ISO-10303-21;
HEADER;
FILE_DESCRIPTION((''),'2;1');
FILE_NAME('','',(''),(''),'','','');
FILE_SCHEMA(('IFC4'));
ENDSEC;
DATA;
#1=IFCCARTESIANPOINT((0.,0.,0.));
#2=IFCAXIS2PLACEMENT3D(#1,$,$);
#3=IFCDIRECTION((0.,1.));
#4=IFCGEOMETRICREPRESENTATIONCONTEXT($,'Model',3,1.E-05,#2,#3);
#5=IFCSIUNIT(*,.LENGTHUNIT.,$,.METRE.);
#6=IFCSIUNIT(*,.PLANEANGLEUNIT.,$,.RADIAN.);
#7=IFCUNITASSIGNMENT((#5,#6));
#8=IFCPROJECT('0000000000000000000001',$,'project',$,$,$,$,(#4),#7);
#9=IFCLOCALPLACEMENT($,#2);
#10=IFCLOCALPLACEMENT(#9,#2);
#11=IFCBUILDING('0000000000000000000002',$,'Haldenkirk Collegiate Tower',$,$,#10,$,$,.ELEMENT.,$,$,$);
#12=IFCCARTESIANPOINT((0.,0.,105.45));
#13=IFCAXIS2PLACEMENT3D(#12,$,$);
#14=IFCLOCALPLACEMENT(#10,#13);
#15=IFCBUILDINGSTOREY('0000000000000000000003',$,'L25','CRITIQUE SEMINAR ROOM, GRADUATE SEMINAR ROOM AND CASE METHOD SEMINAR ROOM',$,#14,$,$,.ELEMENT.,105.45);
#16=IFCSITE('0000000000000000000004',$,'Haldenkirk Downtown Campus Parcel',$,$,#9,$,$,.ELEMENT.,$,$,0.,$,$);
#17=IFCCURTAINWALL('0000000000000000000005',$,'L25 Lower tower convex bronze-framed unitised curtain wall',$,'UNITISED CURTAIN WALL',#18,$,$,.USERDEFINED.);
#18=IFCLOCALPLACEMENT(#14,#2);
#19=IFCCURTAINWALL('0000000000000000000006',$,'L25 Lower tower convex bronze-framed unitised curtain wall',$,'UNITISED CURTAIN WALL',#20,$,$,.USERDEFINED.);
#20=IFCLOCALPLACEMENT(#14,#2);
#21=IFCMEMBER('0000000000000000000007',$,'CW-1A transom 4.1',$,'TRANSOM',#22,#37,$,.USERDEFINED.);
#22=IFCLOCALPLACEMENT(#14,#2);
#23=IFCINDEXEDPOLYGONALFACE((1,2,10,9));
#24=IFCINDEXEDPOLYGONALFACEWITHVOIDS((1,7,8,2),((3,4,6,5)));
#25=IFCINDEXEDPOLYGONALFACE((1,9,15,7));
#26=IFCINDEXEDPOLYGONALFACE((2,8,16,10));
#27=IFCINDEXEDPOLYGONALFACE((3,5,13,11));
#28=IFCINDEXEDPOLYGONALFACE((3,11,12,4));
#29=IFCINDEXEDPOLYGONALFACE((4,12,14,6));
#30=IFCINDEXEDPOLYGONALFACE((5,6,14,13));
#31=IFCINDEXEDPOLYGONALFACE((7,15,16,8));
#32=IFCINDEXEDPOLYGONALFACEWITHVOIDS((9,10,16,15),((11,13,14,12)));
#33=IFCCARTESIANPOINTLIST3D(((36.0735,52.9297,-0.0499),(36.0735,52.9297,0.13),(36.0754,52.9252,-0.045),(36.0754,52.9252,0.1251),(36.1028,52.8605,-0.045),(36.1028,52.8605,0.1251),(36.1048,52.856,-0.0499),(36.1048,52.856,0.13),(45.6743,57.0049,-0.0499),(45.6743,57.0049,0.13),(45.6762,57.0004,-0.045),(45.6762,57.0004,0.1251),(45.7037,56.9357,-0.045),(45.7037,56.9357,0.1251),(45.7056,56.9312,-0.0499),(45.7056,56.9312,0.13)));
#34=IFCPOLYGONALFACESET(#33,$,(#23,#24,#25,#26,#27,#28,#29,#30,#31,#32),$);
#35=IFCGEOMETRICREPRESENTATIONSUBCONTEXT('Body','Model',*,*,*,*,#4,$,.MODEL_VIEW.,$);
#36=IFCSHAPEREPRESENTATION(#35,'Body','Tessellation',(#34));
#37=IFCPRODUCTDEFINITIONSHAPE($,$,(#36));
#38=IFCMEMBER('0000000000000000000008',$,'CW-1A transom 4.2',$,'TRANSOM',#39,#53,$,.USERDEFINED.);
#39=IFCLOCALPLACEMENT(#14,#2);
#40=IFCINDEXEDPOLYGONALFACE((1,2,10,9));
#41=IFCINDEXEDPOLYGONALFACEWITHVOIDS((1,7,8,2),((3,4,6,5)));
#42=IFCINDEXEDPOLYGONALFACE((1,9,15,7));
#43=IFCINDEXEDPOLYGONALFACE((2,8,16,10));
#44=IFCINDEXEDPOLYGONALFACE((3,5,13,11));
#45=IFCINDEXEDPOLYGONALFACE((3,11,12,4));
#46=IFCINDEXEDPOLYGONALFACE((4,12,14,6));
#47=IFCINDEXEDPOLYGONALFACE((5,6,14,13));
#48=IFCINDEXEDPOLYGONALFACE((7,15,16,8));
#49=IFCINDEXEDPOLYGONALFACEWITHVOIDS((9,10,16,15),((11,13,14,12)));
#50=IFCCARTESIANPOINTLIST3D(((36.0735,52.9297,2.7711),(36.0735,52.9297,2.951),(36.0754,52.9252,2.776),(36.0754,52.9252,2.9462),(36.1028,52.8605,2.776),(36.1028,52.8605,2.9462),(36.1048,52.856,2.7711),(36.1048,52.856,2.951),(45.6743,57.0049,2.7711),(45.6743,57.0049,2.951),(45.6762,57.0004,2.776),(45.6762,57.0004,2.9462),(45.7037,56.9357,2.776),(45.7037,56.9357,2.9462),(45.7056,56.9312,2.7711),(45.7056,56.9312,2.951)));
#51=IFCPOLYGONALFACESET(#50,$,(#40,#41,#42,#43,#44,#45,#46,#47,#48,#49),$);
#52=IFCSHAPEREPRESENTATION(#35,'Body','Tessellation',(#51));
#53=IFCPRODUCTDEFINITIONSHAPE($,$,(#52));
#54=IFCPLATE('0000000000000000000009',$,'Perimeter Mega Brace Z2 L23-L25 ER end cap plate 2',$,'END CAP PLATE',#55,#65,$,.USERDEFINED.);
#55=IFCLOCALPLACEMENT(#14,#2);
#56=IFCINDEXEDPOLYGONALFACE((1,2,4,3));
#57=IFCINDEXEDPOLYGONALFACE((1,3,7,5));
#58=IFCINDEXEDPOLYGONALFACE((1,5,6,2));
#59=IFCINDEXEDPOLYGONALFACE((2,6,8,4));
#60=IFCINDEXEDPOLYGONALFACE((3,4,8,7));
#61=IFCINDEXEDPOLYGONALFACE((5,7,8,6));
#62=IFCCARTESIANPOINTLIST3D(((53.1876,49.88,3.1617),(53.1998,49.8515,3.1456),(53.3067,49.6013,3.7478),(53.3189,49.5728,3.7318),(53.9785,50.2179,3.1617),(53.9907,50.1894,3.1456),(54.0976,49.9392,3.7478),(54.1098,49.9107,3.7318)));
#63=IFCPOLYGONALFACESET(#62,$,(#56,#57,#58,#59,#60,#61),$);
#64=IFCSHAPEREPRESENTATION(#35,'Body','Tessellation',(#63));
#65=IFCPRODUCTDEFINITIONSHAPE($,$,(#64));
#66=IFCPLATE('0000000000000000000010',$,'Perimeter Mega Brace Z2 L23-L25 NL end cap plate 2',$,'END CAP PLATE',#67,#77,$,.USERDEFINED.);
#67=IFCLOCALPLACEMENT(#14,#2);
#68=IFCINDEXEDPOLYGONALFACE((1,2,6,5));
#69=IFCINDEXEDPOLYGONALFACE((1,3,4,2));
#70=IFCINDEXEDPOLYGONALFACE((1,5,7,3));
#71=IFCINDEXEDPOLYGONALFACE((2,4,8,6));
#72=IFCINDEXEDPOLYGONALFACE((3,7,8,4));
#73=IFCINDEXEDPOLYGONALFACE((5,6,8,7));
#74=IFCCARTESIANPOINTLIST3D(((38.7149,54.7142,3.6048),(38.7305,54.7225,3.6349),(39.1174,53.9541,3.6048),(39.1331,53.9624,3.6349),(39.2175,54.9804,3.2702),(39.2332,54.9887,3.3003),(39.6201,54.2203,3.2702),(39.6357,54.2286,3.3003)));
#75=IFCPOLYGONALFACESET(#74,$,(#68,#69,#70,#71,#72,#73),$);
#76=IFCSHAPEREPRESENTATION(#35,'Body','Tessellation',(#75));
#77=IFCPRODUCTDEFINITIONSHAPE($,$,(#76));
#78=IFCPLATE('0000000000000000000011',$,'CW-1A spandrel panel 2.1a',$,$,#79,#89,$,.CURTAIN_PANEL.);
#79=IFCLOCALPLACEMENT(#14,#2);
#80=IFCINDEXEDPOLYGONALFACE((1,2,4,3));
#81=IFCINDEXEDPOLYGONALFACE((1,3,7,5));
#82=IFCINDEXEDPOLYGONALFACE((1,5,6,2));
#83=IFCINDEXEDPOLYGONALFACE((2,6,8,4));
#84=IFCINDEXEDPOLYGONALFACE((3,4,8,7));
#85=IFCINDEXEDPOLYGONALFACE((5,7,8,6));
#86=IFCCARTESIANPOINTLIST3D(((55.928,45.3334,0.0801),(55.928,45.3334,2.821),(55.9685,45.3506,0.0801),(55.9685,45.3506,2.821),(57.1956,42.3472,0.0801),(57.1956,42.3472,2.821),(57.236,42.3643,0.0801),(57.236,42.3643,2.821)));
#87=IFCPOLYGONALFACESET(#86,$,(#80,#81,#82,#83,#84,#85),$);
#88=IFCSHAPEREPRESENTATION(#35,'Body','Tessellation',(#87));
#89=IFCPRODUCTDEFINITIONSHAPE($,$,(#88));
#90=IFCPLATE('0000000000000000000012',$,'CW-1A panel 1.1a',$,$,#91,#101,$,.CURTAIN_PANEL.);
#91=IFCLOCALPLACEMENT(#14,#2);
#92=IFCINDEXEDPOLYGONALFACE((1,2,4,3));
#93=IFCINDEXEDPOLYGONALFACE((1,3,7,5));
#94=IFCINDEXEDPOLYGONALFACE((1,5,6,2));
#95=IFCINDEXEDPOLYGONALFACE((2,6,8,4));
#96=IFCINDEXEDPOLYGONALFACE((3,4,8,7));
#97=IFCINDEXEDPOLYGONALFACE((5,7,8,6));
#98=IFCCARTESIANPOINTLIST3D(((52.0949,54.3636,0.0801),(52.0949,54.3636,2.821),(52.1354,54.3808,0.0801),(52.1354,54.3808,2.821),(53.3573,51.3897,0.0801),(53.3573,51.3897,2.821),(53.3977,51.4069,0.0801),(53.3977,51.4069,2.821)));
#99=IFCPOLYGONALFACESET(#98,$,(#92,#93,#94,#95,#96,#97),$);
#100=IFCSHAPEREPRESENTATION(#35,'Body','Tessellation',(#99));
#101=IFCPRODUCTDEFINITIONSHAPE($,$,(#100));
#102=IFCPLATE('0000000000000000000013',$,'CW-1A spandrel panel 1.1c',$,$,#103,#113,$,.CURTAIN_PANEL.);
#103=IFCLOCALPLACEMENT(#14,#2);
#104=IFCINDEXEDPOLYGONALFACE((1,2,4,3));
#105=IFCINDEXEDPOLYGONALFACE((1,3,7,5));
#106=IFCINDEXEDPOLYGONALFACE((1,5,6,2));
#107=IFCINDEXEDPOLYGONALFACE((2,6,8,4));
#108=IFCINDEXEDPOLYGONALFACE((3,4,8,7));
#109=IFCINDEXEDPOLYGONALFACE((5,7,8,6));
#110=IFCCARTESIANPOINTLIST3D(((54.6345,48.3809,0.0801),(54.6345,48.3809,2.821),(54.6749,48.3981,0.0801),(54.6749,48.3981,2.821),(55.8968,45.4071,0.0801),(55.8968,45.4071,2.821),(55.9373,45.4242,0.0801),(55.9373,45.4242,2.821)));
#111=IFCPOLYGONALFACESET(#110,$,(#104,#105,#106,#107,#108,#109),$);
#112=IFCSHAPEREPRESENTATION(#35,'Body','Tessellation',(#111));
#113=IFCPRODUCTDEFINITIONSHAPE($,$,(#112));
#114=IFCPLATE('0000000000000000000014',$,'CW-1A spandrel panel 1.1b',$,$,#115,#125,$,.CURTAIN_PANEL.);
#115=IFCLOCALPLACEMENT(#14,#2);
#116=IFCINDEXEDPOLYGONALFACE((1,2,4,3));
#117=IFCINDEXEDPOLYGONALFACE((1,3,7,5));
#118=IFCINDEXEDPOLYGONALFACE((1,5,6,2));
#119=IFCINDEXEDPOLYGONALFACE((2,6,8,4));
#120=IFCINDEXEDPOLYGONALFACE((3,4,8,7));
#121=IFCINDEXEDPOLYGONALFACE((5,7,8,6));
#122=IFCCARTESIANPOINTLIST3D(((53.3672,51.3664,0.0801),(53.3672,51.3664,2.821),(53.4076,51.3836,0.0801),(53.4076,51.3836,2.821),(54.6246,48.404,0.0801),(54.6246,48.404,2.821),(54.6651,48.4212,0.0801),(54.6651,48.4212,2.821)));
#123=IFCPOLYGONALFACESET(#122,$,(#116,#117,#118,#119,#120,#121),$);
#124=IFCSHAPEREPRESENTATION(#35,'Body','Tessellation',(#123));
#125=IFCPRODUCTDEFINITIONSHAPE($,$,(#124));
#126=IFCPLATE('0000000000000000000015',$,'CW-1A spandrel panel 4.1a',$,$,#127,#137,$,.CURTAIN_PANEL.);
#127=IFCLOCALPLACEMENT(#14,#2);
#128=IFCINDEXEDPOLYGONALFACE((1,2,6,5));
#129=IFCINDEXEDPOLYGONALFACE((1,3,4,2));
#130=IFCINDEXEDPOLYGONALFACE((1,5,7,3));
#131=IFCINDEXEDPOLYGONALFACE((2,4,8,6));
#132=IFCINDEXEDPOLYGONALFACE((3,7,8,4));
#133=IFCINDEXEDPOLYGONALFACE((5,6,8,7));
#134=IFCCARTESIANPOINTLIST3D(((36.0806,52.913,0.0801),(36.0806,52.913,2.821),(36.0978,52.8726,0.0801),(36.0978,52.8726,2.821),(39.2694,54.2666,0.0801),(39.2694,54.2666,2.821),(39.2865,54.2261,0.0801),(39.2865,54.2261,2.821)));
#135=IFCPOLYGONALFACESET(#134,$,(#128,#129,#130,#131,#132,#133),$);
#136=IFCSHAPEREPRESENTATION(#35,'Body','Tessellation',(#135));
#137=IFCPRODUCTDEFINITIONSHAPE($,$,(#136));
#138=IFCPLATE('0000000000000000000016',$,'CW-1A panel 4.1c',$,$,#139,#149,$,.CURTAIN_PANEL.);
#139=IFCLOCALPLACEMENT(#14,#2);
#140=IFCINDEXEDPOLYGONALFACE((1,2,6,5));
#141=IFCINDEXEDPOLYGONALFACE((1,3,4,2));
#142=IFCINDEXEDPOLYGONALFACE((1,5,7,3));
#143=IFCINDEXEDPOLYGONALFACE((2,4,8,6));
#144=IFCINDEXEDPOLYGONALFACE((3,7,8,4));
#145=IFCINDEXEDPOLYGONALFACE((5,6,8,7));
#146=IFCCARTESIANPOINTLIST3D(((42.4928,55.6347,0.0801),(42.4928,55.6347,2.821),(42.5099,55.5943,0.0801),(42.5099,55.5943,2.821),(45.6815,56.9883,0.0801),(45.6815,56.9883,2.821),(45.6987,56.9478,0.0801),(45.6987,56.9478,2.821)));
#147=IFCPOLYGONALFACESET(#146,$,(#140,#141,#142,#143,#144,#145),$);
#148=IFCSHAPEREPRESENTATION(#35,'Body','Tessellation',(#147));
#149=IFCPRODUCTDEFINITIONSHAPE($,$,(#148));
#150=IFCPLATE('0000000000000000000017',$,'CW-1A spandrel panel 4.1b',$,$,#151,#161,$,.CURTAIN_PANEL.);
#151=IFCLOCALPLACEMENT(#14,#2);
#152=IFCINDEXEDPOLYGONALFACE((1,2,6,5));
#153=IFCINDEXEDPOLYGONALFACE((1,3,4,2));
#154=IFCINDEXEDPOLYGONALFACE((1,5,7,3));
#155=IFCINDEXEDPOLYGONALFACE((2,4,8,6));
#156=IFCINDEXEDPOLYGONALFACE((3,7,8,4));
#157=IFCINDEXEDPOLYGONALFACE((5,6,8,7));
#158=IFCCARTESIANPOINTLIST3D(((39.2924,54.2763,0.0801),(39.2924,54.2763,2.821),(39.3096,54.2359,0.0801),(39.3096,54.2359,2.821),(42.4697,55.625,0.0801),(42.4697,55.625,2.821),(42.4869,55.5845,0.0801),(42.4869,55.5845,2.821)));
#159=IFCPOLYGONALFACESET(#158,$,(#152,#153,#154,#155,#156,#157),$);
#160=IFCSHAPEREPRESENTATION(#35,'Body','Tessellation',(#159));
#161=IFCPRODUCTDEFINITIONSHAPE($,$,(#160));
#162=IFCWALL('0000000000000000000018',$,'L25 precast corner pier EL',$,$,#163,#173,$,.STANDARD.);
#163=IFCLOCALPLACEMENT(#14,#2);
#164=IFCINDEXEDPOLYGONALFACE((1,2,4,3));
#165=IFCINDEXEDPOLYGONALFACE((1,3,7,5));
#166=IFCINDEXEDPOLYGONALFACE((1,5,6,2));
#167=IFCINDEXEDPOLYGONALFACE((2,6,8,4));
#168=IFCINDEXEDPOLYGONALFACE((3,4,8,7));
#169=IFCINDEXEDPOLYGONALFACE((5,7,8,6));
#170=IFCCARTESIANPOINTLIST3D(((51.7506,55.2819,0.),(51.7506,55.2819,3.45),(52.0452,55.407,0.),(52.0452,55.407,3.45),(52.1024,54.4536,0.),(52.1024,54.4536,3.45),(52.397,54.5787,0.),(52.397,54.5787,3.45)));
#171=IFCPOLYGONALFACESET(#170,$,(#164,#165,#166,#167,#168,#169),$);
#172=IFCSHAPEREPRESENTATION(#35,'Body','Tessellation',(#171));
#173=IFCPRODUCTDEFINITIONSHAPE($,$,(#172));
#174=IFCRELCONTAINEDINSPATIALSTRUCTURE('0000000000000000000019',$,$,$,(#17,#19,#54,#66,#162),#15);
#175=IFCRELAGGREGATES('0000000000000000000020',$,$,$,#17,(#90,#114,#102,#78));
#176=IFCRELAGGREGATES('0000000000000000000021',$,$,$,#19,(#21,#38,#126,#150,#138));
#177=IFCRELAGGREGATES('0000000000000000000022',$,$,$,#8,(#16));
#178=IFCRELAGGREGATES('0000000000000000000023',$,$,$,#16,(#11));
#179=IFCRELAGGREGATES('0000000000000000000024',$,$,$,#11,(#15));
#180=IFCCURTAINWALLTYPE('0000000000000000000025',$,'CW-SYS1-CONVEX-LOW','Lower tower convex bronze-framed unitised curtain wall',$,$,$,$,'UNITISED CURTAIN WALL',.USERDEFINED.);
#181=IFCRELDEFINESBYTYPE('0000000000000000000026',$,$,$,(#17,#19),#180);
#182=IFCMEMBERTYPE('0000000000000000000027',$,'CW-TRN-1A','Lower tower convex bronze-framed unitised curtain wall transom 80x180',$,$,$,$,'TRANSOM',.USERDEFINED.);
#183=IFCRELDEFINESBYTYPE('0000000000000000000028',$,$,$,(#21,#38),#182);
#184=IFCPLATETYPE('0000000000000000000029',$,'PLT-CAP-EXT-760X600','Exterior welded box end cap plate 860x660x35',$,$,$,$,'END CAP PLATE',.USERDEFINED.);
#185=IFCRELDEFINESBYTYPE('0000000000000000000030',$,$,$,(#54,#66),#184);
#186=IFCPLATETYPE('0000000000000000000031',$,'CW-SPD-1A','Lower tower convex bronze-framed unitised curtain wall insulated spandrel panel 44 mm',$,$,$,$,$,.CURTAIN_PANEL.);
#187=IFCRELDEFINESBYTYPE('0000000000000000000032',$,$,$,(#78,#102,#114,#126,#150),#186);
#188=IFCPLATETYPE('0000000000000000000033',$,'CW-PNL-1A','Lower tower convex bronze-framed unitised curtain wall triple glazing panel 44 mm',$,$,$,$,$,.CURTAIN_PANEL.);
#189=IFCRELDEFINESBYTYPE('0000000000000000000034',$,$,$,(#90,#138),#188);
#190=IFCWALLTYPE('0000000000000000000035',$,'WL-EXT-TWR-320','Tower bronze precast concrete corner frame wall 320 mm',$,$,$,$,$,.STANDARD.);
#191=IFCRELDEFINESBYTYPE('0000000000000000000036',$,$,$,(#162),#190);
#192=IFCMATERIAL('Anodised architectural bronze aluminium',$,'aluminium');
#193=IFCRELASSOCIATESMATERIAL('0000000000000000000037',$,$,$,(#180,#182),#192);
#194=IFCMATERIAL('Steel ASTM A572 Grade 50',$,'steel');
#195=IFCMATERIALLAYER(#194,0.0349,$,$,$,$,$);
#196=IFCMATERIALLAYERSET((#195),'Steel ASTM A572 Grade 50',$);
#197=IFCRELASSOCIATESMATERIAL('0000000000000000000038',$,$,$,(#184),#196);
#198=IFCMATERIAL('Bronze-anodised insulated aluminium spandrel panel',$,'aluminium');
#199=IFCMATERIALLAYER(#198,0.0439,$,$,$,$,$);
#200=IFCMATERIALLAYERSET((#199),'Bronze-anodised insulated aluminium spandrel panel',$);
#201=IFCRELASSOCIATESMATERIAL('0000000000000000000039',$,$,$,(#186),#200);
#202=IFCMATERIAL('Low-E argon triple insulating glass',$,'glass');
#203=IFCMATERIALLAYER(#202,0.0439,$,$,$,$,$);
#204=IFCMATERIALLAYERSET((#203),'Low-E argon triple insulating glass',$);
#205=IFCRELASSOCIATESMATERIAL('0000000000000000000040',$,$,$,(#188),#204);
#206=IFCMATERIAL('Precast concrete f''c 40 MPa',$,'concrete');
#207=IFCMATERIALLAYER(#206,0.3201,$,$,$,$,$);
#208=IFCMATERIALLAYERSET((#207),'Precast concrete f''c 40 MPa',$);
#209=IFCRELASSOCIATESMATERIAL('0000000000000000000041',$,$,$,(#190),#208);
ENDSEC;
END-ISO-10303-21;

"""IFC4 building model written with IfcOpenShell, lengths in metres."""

from ifc_helpers import new_model, si_unit, direction, frame, frame_2d, origin, origin_2d, place, context, subcontext, project, spatial, rectangle, hollow_rectangle, extrude, source, transform, mapped, material, layer, layer_set, material_profile, profile_set, type_object, element, aggregate, save


model = new_model("IFC4")

# Units and contexts
model_context = context("Model", 3, precision=1e-05, world=origin(), true_north=direction((0.0, 1.0)))
body_context = subcontext(model_context, "Body", "Model", "MODEL_VIEW")
ifc_project = project(units=[si_unit("LENGTHUNIT", "METRE"), si_unit("PLANEANGLEUNIT", "RADIAN")], contexts=[model_context])

# Site, building, storey
site_placement = place(None, origin())
site = spatial("IfcSite", under=ifc_project, at=site_placement, Name="Haldenkirk Downtown Campus Parcel", CompositionType="ELEMENT", RefElevation=0.0)
building_placement = place(site_placement, origin())
building = spatial("IfcBuilding", under=site, at=building_placement, Name="Haldenkirk Collegiate Tower", CompositionType="ELEMENT")
storey_placement = place(building_placement, frame((0.0, 0.0, 105.45)))
storey = spatial("IfcBuildingStorey", under=building, at=storey_placement, Name="L25", Description="CRITIQUE SEMINAR ROOM, GRADUATE SEMINAR ROOM AND CASE METHOD SEMINAR ROOM", CompositionType="ELEMENT", Elevation=105.45)

# Shared definitions
ifc_material_1 = material(Name="Steel ASTM A572 Grade 50", Category="steel")

# Curtain walls
ifc_material_2 = material(Name="Anodised architectural bronze aluminium", Category="aluminium")
curtain_wall_type = type_object("IfcCurtainWallType", Name="CW-SYS1-CONVEX-LOW", Description="Lower tower convex bronze-framed unitised curtain wall", ElementType="UNITISED CURTAIN WALL", PredefinedType="USERDEFINED", material=ifc_material_2)
curtain_wall_1_placement = place(storey_placement, origin())
curtain_wall_1 = element("IfcCurtainWall", 1, at=curtain_wall_1_placement, inside=storey, type_object=curtain_wall_type, Name="L25 Lower tower convex bronze-framed unitised curtain wall", ObjectType="UNITISED CURTAIN WALL", PredefinedType="USERDEFINED")
curtain_wall_2_placement = place(storey_placement, origin())
curtain_wall_2 = element("IfcCurtainWall", 2, at=curtain_wall_2_placement, inside=storey, type_object=curtain_wall_type, Name="L25 Lower tower convex bronze-framed unitised curtain wall", ObjectType="UNITISED CURTAIN WALL", PredefinedType="USERDEFINED")

# Members
ifc_material_profile_1 = material_profile(ifc_material_2, hollow_rectangle(XDim=0.0801, YDim=0.1799, WallThickness=0.0049, at=origin_2d()), Name="CW-TRN-1A")
ifc_profile_set_1 = profile_set([ifc_material_profile_1], Name="Anodised architectural bronze aluminium")
member_type_1 = type_object("IfcMemberType", Name="CW-TRN-1A", Description="Lower tower convex bronze-framed unitised curtain wall transom 80x180", ElementType="TRANSOM", PredefinedType="USERDEFINED", material=ifc_profile_set_1)
member_1_placement = place(storey_placement, frame((36.0891, 52.8928, 0.04), z_axis=(0.920509, 0.390722, 0.0), x_axis=(-0.390722, 0.920509, 0.0)))
member_1 = element("IfcMember", 3, at=member_1_placement, type_object=member_type_1, Name="CW-1A transom 4.1", ObjectType="TRANSOM", PredefinedType="USERDEFINED", context=body_context, shape_type="SweptSolid", body=[
    extrude(hollow_rectangle(XDim=0.0801, YDim=0.1799, WallThickness=0.0049, at=origin_2d()), origin(), (0.0, 0.0, 1.0), 10.4299),
])
member_2_placement = place(storey_placement, frame((36.0891, 52.8928, 2.8611), z_axis=(0.920509, 0.390722, 0.0), x_axis=(-0.390722, 0.920509, 0.0)))
member_2 = element("IfcMember", 4, at=member_2_placement, type_object=member_type_1, Name="CW-1A transom 4.2", ObjectType="TRANSOM", PredefinedType="USERDEFINED", context=body_context, shape_type="SweptSolid", body=[
    extrude(hollow_rectangle(XDim=0.0801, YDim=0.1799, WallThickness=0.0049, at=origin_2d()), origin(), (0.0, 0.0, 1.0), 10.4299),
])

# Plates
ifc_layer_1 = layer(ifc_material_1, 0.0349)
ifc_layer_set_1 = layer_set([ifc_layer_1], Name="Steel ASTM A572 Grade 50")
plate_type_1 = type_object("IfcPlateType", Name="PLT-CAP-EXT-760X600", Description="Exterior welded box end cap plate 860x660x35", ElementType="END CAP PLATE", PredefinedType="USERDEFINED", material=ifc_layer_set_1)
shared_shape_1 = source(origin(), body_context, "Body", "SweptSolid", [
    extrude(rectangle(XDim=0.8601, YDim=0.6599, at=origin_2d()), origin(), (0.0, 0.0, 1.0), 0.0349),
])
for number, where, z_axis, x_axis, name in (
    (5, (53.6548, 49.8811, 3.4387), (-0.34898, 0.816856, 0.459303), (-0.919593, -0.392872, 0.0), "Perimeter Mega Brace Z2 L23-L25 ER end cap plate 2"),
    (6, (39.1675, 54.4673, 3.4375), (0.448095, 0.237313, 0.861913), (-0.468021, 0.883717, 0.0), "Perimeter Mega Brace Z2 L23-L25 NL end cap plate 2"),
):
    element("IfcPlate", number, at=place(storey_placement, frame(where, z_axis=z_axis, x_axis=x_axis)), inside=storey, type_object=plate_type_1, Name=name, ObjectType="END CAP PLATE", PredefinedType="USERDEFINED", context=body_context, shape_type="MappedRepresentation", body=[
        mapped(shared_shape_1, transform((0.0, 0.0, 0.0), x_axis=(1.0, 0.0, 0.0), y_axis=(0.0, 1.0, 0.0), z_axis=(0.0, 0.0, 1.0), scale=1.0)),
    ])

# Plates
ifc_material_3 = material(Name="Bronze-anodised insulated aluminium spandrel panel", Category="aluminium")
ifc_layer_2 = layer(ifc_material_3, 0.0439)
ifc_layer_set_2 = layer_set([ifc_layer_2], Name="Bronze-anodised insulated aluminium spandrel panel")
plate_type_2 = type_object("IfcPlateType", Name="CW-SPD-1A", Description="Lower tower convex bronze-framed unitised curtain wall insulated spandrel panel 44 mm", PredefinedType="CURTAIN_PANEL", material=ifc_layer_set_2)
shared_shape_2 = source(origin(), body_context, "Body", "SweptSolid", [
    extrude(rectangle(XDim=3.2441, YDim=0.0439, at=origin_2d()), origin(), (0.0, 0.0, 1.0), 2.741),
])
plate_1_placement = place(storey_placement, frame((56.582, 43.8489, 0.0801), z_axis=(0.0, 0.0, 1.0), x_axis=(0.39073, -0.920505, 0.0)))
plate_1 = element("IfcPlate", 7, at=plate_1_placement, type_object=plate_type_2, Name="CW-1A spandrel panel 2.1a", PredefinedType="CURTAIN_PANEL", context=body_context, shape_type="MappedRepresentation", body=[
    mapped(shared_shape_2, transform((0.0, 0.0, 0.0), x_axis=(1.0, 0.0, 0.0), y_axis=(0.0, 1.0, 0.0), z_axis=(0.0, 0.0, 1.0), scale=1.0)),
])
ifc_material_4 = material(Name="Low-E argon triple insulating glass", Category="glass")
ifc_layer_3 = layer(ifc_material_4, 0.0439)
ifc_layer_set_3 = layer_set([ifc_layer_3], Name="Low-E argon triple insulating glass")
plate_type_3 = type_object("IfcPlateType", Name="CW-PNL-1A", Description="Lower tower convex bronze-framed unitised curtain wall triple glazing panel 44 mm", PredefinedType="CURTAIN_PANEL", material=ifc_layer_set_3)
shared_shape_3 = source(origin(), body_context, "Body", "SweptSolid", [
    extrude(rectangle(XDim=3.2307, YDim=0.0439, at=origin_2d()), origin(), (0.0, 0.0, 1.0), 2.741),
])
plate_2_placement = place(storey_placement, frame((52.7463, 52.8853, 0.0801), z_axis=(0.0, 0.0, 1.0), x_axis=(0.39073, -0.920505, 0.0)))
plate_2 = element("IfcPlate", 8, at=plate_2_placement, type_object=plate_type_3, Name="CW-1A panel 1.1a", PredefinedType="CURTAIN_PANEL", context=body_context, shape_type="MappedRepresentation", body=[
    mapped(shared_shape_3, transform((0.0, 0.0, 0.0), x_axis=(1.0, 0.0, 0.0), y_axis=(0.0, 1.0, 0.0), z_axis=(0.0, 0.0, 1.0), scale=1.0)),
])
plate_3_placement = place(storey_placement, frame((55.2859, 46.9026, 0.0801), z_axis=(0.0, 0.0, 1.0), x_axis=(0.39073, -0.920505, 0.0)))
plate_3 = element("IfcPlate", 9, at=plate_3_placement, type_object=plate_type_2, Name="CW-1A spandrel panel 1.1c", PredefinedType="CURTAIN_PANEL", context=body_context, shape_type="MappedRepresentation", body=[
    mapped(shared_shape_3, transform((0.0, 0.0, 0.0), x_axis=(1.0, 0.0, 0.0), y_axis=(0.0, 1.0, 0.0), z_axis=(0.0, 0.0, 1.0), scale=1.0)),
])
shared_shape_4 = source(origin(), body_context, "Body", "SweptSolid", [
    extrude(rectangle(XDim=3.2183, YDim=0.0439, at=origin_2d()), origin(), (0.0, 0.0, 1.0), 2.741),
])
plate_4_placement = place(storey_placement, frame((54.0161, 49.8938, 0.0801), z_axis=(0.0, 0.0, 1.0), x_axis=(0.39073, -0.920505, 0.0)))
plate_4 = element("IfcPlate", 10, at=plate_4_placement, type_object=plate_type_2, Name="CW-1A spandrel panel 1.1b", PredefinedType="CURTAIN_PANEL", context=body_context, shape_type="MappedRepresentation", body=[
    mapped(shared_shape_4, transform((0.0, 0.0, 0.0), x_axis=(1.0, 0.0, 0.0), y_axis=(0.0, 1.0, 0.0), z_axis=(0.0, 0.0, 1.0), scale=1.0)),
])
aggregate(curtain_wall_1, [plate_2, plate_4, plate_3, plate_1])
shared_shape_5 = source(origin(), body_context, "Body", "SweptSolid", [
    extrude(rectangle(XDim=3.4641, YDim=0.0439, at=origin_2d()), origin(), (0.0, 0.0, 1.0), 2.741),
])
plate_5_placement = place(storey_placement, frame((37.6836, 53.5696, 0.0801), z_axis=(0.0, 0.0, 1.0), x_axis=(0.920505, 0.390731, 0.0)))
plate_5 = element("IfcPlate", 11, at=plate_5_placement, type_object=plate_type_2, Name="CW-1A spandrel panel 4.1a", PredefinedType="CURTAIN_PANEL", context=body_context, shape_type="MappedRepresentation", body=[
    mapped(shared_shape_5, transform((0.0, 0.0, 0.0), x_axis=(1.0, 0.0, 0.0), y_axis=(0.0, 1.0, 0.0), z_axis=(0.0, 0.0, 1.0), scale=1.0)),
])
plate_6_placement = place(storey_placement, frame((44.0957, 56.2913, 0.0801), z_axis=(0.0, 0.0, 1.0), x_axis=(0.920505, 0.390731, 0.0)))
plate_6 = element("IfcPlate", 12, at=plate_6_placement, type_object=plate_type_3, Name="CW-1A panel 4.1c", PredefinedType="CURTAIN_PANEL", context=body_context, shape_type="MappedRepresentation", body=[
    mapped(shared_shape_5, transform((0.0, 0.0, 0.0), x_axis=(1.0, 0.0, 0.0), y_axis=(0.0, 1.0, 0.0), z_axis=(0.0, 0.0, 1.0), scale=1.0)),
])
shared_shape_6 = source(origin(), body_context, "Body", "SweptSolid", [
    extrude(rectangle(XDim=3.4517, YDim=0.0439, at=origin_2d()), origin(), (0.0, 0.0, 1.0), 2.741),
])
plate_7_placement = place(storey_placement, frame((40.8896, 54.9304, 0.0801), z_axis=(0.0, 0.0, 1.0), x_axis=(0.920505, 0.390731, 0.0)))
plate_7 = element("IfcPlate", 13, at=plate_7_placement, type_object=plate_type_2, Name="CW-1A spandrel panel 4.1b", PredefinedType="CURTAIN_PANEL", context=body_context, shape_type="MappedRepresentation", body=[
    mapped(shared_shape_6, transform((0.0, 0.0, 0.0), x_axis=(1.0, 0.0, 0.0), y_axis=(0.0, 1.0, 0.0), z_axis=(0.0, 0.0, 1.0), scale=1.0)),
])
aggregate(curtain_wall_2, [member_1, member_2, plate_5, plate_7, plate_6])

# Wall
ifc_material_5 = material(Name="Precast concrete f'c 40 MPa", Category="concrete")
ifc_layer_4 = layer(ifc_material_5, 0.3201)
ifc_layer_set_4 = layer_set([ifc_layer_4], Name="Precast concrete f'c 40 MPa")
wall_type = type_object("IfcWallType", Name="WL-EXT-TWR-320", Description="Tower bronze precast concrete corner frame wall 320 mm", PredefinedType="STANDARD", material=ifc_layer_set_4)
wall_1_placement = place(storey_placement, frame((51.8979, 55.3445, 0.0), z_axis=(0.0, 0.0, 1.0), x_axis=(0.390905, -0.920431, 0.0)))
element("IfcWall", 14, at=wall_1_placement, inside=storey, type_object=wall_type, Name="L25 precast corner pier EL", PredefinedType="STANDARD", context=body_context, shape_type="SweptSolid", body=[
    extrude(rectangle(XDim=0.8999, YDim=0.3201, at=frame_2d((0.45, 0.0))), origin(), (0.0, 0.0, 1.0), 3.45),
])

save(model, "model.ifc")
